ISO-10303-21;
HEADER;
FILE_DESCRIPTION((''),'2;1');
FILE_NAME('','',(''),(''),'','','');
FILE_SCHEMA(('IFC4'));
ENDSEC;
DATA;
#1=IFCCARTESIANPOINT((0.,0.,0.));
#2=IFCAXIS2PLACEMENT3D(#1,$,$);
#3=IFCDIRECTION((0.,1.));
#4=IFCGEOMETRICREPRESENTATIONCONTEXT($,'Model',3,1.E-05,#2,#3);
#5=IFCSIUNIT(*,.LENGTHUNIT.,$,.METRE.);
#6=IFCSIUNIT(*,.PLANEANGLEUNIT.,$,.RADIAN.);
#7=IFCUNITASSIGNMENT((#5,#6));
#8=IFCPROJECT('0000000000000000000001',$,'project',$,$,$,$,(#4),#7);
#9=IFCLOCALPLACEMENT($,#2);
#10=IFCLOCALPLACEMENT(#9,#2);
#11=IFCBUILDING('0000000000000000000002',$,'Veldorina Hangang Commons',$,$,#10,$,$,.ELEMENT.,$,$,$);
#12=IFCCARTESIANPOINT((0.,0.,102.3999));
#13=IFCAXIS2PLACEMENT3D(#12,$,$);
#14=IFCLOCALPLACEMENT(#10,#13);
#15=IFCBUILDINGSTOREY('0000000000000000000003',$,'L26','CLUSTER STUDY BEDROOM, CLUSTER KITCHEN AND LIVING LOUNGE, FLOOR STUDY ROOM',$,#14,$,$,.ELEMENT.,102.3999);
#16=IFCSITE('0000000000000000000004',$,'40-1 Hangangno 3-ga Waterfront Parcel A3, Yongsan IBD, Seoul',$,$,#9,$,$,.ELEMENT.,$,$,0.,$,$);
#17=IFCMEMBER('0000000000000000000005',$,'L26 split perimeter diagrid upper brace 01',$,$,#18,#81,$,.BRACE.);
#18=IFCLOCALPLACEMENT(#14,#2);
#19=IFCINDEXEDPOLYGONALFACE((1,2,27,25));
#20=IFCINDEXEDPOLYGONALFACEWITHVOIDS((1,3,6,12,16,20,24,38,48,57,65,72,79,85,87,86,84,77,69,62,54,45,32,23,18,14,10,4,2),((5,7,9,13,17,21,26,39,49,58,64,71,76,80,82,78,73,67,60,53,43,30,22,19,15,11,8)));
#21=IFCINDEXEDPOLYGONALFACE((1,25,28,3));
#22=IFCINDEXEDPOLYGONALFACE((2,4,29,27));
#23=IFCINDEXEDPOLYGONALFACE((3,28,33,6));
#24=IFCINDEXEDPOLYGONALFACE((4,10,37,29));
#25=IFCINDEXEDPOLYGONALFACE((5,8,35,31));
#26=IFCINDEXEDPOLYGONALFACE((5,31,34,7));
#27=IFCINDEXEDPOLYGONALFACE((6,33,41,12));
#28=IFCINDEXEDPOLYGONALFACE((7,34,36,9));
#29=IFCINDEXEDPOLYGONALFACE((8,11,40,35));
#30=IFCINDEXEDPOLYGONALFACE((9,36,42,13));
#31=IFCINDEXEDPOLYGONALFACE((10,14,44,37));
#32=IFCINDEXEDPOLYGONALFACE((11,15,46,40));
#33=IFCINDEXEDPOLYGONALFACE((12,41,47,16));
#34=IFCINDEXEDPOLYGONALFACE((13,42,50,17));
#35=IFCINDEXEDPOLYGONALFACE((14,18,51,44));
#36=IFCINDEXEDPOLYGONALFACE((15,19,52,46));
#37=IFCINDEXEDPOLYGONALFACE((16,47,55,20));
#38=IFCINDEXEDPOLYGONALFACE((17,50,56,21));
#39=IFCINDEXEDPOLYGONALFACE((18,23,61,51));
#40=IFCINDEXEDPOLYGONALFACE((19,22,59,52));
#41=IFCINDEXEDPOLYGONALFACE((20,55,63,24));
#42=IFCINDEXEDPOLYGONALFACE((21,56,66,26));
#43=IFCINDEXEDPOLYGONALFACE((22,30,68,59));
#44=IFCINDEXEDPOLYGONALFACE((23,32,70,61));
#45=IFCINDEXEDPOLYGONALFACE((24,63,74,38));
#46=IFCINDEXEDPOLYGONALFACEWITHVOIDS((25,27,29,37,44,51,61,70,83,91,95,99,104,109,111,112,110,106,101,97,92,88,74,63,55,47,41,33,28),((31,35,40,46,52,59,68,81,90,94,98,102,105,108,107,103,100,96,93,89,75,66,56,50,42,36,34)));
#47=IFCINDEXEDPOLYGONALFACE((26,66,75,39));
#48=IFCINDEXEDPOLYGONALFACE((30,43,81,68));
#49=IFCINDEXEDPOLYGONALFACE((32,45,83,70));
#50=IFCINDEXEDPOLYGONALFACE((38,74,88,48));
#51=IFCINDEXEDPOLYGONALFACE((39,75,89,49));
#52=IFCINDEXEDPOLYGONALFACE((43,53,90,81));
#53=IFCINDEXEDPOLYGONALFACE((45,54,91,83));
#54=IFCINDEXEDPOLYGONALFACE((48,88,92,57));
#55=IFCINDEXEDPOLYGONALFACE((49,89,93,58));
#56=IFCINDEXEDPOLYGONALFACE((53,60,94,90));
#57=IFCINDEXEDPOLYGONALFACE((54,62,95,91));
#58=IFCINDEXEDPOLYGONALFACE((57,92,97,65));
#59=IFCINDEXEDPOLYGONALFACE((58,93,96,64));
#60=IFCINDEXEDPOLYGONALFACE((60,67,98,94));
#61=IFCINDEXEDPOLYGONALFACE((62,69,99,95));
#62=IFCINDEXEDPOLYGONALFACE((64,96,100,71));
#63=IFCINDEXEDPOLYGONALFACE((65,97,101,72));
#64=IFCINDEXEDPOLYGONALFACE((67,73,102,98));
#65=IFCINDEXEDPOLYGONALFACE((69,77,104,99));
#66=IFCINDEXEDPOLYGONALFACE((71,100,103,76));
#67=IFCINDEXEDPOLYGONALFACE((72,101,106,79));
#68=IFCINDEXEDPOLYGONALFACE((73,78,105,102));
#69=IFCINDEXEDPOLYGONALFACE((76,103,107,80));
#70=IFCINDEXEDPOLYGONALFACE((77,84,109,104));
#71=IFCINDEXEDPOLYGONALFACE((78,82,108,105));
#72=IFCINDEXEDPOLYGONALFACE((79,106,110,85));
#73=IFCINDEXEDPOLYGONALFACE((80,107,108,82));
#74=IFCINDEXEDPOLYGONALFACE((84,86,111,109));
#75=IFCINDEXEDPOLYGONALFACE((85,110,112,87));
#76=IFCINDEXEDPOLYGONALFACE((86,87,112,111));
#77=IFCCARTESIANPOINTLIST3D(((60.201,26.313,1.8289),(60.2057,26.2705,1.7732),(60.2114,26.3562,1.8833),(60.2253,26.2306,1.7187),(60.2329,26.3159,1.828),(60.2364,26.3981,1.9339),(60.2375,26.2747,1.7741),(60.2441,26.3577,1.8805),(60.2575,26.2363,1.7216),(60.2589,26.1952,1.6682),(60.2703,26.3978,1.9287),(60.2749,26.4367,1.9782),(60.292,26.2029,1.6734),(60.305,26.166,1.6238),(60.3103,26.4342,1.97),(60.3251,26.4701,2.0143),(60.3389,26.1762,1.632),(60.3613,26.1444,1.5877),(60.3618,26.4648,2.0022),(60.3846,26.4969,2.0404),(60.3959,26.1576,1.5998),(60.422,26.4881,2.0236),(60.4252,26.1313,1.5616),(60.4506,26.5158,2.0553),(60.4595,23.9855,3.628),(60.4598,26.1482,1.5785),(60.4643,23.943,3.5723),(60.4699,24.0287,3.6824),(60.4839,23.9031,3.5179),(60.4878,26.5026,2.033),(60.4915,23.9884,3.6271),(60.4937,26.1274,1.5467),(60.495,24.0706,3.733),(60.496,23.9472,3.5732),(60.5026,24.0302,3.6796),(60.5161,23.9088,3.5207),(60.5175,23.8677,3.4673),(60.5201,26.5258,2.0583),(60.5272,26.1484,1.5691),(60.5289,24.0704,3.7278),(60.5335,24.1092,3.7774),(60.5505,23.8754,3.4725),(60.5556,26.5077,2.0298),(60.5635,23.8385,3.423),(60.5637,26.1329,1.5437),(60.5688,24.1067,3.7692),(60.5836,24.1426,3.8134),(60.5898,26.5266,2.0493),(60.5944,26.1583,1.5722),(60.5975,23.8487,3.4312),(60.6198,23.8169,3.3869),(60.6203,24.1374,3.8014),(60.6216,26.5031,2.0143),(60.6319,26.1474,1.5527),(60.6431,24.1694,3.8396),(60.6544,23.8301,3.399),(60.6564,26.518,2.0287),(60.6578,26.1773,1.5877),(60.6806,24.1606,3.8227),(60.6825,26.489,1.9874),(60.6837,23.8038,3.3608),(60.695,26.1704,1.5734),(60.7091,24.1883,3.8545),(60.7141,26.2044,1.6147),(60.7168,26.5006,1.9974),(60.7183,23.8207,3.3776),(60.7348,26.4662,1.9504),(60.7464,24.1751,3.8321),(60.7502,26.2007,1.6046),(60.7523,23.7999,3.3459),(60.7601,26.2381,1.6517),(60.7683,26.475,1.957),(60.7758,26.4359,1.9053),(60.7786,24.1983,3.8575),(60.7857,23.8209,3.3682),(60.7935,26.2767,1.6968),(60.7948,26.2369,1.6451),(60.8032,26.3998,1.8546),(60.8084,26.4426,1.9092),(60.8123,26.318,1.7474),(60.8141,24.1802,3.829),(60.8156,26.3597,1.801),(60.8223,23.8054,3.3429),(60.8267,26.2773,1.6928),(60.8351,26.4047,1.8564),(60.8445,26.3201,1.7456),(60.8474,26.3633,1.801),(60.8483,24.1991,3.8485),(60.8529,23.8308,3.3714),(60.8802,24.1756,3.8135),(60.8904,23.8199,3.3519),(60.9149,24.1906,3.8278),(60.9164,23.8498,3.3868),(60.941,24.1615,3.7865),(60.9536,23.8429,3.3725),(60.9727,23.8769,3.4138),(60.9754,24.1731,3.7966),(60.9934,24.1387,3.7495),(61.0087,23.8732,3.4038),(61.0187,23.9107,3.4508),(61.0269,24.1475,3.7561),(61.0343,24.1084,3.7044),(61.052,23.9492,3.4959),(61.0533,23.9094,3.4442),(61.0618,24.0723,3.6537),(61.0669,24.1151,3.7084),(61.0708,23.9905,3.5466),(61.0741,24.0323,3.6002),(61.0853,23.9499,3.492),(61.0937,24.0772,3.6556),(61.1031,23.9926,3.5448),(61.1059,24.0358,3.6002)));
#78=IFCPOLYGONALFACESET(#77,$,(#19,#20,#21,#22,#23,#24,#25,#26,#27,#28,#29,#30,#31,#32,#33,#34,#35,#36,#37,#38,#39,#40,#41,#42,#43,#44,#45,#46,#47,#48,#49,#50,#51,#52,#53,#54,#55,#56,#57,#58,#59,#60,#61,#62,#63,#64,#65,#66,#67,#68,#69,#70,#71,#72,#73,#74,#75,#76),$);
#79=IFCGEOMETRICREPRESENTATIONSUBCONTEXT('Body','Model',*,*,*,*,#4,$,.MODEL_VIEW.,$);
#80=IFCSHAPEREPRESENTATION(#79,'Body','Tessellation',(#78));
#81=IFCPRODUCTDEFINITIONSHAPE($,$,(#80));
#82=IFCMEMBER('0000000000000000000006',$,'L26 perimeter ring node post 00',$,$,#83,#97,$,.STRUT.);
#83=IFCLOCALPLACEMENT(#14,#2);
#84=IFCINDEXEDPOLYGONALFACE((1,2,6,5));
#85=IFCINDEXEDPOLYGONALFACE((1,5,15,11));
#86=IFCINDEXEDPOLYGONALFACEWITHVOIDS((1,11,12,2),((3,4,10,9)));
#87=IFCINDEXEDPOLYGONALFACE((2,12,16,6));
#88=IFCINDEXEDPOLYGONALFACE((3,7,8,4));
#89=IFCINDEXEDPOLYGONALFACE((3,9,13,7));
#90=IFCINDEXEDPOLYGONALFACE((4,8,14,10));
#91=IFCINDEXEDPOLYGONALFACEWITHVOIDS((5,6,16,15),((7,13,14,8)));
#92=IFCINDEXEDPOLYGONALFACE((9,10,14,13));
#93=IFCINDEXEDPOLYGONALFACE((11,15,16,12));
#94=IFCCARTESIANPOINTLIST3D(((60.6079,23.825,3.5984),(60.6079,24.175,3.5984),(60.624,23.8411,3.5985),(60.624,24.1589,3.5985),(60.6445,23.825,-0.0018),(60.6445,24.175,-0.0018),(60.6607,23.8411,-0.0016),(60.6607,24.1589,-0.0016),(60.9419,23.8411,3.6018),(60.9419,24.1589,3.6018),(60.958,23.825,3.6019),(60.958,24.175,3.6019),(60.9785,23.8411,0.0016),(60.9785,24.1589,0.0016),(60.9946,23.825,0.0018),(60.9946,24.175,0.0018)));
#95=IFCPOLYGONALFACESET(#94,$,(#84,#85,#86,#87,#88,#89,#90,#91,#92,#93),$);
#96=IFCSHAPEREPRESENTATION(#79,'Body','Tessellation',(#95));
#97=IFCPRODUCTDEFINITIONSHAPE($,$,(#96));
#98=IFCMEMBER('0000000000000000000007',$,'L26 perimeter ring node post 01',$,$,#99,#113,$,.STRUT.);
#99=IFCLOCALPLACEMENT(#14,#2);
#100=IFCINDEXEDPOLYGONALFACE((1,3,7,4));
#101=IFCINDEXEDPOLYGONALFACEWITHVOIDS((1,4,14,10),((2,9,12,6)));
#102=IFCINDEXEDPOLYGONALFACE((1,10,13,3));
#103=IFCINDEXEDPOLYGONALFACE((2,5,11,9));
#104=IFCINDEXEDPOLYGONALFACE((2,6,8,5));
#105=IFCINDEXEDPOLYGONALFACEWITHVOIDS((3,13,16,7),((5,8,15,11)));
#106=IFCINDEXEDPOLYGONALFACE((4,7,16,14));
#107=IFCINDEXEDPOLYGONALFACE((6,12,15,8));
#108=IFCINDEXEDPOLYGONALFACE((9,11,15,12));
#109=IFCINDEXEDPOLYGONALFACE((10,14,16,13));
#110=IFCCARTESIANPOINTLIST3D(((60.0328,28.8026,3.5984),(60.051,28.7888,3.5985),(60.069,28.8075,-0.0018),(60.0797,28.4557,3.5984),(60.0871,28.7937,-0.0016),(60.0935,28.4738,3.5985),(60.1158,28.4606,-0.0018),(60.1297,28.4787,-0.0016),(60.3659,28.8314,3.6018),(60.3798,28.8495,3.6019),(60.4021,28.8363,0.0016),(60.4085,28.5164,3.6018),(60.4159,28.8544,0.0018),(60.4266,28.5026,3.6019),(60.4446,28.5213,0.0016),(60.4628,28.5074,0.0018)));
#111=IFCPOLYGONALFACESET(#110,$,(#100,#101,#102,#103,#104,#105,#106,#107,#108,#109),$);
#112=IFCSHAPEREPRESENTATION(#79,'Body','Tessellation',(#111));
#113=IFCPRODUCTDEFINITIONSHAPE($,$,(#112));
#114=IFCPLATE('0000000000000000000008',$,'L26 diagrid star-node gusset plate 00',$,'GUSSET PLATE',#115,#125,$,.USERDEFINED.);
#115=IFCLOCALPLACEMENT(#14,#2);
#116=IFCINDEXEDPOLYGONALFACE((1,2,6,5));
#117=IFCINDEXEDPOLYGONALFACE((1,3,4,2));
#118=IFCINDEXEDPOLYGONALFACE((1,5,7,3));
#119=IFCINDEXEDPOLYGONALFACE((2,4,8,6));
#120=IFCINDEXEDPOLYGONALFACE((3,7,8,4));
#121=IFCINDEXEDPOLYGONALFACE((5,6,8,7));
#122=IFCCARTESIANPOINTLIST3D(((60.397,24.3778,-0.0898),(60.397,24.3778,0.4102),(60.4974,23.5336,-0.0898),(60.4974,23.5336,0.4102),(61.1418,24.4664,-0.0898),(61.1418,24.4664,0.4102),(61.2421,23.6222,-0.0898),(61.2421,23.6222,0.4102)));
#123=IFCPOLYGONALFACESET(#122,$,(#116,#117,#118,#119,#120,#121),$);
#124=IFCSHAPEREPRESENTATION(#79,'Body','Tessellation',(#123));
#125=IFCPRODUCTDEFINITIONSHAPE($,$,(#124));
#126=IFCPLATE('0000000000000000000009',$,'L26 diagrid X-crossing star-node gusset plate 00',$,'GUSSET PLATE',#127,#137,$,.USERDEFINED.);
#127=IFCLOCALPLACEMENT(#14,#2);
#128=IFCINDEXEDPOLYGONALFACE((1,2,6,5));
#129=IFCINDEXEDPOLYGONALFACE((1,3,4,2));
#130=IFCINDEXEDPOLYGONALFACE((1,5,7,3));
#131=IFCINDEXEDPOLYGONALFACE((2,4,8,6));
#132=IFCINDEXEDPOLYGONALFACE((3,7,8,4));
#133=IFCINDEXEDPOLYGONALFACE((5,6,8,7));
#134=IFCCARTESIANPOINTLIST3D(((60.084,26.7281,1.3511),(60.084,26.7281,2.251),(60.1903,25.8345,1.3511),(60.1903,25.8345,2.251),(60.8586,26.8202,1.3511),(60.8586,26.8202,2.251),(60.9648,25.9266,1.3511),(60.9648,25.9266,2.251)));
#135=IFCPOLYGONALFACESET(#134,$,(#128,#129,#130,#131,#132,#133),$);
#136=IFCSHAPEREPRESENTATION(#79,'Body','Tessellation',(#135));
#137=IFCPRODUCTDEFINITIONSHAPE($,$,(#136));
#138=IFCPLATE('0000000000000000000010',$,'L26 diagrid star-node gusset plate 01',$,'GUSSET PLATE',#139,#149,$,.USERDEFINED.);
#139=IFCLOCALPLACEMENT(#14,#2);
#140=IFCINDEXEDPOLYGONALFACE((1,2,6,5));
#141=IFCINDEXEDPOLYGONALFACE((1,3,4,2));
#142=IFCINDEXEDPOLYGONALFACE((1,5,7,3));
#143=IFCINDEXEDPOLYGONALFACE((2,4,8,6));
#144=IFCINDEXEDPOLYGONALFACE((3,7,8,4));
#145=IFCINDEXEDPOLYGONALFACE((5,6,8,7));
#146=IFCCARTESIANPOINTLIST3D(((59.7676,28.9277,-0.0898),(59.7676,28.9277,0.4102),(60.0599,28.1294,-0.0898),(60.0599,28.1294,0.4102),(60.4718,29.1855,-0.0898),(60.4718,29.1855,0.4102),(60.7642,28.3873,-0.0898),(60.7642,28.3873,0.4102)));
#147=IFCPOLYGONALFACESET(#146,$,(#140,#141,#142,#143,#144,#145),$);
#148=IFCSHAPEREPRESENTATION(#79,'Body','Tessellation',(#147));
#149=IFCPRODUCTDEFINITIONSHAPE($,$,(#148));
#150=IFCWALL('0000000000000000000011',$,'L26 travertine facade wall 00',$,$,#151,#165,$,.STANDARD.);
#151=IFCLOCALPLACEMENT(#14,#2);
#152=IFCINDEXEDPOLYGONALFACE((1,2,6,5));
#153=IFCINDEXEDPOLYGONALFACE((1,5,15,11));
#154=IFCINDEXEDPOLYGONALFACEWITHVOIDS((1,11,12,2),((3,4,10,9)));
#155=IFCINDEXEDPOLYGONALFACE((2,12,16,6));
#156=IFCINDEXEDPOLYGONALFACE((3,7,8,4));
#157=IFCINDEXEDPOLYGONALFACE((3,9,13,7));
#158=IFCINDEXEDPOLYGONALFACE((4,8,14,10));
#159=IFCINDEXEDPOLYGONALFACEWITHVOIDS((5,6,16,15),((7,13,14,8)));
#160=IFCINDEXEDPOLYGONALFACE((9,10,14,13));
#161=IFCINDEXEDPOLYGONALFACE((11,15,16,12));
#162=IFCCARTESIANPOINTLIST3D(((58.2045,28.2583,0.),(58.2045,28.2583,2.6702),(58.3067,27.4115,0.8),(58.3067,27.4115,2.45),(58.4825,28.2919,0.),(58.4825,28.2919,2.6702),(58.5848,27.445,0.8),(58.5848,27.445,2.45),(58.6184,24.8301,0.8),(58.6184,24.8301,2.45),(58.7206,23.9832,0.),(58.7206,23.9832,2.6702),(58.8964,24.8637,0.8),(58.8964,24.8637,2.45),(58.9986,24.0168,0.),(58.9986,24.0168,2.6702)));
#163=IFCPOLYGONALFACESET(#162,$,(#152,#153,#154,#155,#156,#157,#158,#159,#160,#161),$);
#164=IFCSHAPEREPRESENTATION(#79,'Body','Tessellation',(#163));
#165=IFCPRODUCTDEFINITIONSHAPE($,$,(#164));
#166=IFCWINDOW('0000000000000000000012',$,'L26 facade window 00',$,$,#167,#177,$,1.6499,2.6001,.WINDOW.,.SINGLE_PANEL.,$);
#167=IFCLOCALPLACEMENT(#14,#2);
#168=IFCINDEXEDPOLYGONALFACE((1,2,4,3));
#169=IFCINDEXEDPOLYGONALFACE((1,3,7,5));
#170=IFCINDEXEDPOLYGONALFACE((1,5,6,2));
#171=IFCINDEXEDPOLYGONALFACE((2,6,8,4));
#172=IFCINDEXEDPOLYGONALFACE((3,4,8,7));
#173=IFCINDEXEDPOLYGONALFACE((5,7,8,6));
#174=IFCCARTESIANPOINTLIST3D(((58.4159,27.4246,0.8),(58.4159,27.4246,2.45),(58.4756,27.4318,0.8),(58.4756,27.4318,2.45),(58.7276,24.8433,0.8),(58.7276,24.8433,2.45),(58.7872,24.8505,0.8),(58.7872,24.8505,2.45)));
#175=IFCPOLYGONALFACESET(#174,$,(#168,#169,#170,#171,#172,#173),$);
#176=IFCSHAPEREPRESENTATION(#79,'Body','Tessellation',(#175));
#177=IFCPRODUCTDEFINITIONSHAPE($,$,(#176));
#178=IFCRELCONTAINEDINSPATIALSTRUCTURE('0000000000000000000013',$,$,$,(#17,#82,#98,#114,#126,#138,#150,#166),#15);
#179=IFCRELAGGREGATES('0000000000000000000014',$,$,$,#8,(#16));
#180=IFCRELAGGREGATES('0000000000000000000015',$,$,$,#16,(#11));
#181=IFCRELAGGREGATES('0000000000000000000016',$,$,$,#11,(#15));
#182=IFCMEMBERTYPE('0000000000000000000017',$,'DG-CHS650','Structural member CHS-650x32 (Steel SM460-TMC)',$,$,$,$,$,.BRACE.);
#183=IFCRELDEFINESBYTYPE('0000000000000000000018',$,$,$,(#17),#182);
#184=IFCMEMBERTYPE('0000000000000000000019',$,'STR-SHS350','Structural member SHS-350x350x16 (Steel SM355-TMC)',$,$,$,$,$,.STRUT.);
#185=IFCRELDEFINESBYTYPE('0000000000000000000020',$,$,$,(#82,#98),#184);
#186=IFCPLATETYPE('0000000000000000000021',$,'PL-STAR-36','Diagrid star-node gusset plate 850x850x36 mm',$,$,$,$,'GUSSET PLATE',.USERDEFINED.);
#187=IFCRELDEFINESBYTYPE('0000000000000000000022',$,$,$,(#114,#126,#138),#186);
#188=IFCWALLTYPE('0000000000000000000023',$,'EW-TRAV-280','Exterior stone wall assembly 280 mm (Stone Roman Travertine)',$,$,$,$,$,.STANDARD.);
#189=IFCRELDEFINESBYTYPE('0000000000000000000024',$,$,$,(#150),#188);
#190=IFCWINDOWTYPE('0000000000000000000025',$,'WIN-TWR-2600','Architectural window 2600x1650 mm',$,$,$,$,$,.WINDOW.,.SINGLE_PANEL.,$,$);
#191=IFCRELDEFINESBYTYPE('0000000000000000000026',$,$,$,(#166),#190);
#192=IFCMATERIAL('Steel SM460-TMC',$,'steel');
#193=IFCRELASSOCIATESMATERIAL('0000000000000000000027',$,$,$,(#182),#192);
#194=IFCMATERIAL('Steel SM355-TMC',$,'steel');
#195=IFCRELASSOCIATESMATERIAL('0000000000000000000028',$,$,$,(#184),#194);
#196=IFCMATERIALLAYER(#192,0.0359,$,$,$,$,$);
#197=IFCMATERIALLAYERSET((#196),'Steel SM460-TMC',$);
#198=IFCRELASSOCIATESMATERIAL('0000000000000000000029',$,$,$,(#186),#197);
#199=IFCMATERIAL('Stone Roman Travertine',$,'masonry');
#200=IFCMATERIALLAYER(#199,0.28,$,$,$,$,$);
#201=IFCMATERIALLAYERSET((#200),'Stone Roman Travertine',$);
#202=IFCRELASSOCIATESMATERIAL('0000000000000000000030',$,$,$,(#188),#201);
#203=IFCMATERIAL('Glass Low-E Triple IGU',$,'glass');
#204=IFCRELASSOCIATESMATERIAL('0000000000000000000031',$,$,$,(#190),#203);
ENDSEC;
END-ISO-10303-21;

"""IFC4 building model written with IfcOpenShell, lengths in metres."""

from ifc_helpers import new_model, si_unit, direction, frame, frame_2d, origin, origin_2d, place, context, subcontext, project, spatial, rectangle, hollow_rectangle, hollow_circle, extrude, material, layer, layer_set, material_profile, profile_set, type_object, element, fill, save


model = new_model("IFC4")

# Units and contexts
model_context = context("Model", 3, precision=1e-05, world=origin(), true_north=direction((0.0, 1.0)))
body_context = subcontext(model_context, "Body", "Model", "MODEL_VIEW")
ifc_project = project(units=[si_unit("LENGTHUNIT", "METRE"), si_unit("PLANEANGLEUNIT", "RADIAN")], contexts=[model_context])

# Site, building, storey
site_placement = place(None, origin())
site = spatial("IfcSite", under=ifc_project, at=site_placement, Name="40-1 Hangangno 3-ga Waterfront Parcel A3, Yongsan IBD, Seoul", CompositionType="ELEMENT", RefElevation=0.0)
building_placement = place(site_placement, origin())
building = spatial("IfcBuilding", under=site, at=building_placement, Name="Veldorina Hangang Commons", CompositionType="ELEMENT")
storey_placement = place(building_placement, frame((0.0, 0.0, 102.3999)))
storey = spatial("IfcBuildingStorey", under=building, at=storey_placement, Name="L26", Description="CLUSTER STUDY BEDROOM, CLUSTER KITCHEN AND LIVING LOUNGE, FLOOR STUDY ROOM", CompositionType="ELEMENT", Elevation=102.3999)

# Shared definitions
ifc_material_1 = material(Name="Steel SM355-TMC", Category="steel")

# Members
ifc_material_2 = material(Name="Steel SM460-TMC", Category="steel")
ifc_material_profile_1 = material_profile(ifc_material_2, hollow_circle(Radius=0.325, WallThickness=0.032, at=origin_2d()), Name="CHS-650x32")
ifc_profile_set_1 = profile_set([ifc_material_profile_1], Name="Steel SM460-TMC")
member_type_1 = type_object("IfcMemberType", Name="DG-CHS650", Description="Structural member CHS-650x32 (Steel SM460-TMC)", PredefinedType="BRACE", material=ifc_profile_set_1)
member_1_placement = place(storey_placement, frame((60.5244, 26.3274, 1.801), z_axis=(0.087553, -0.788143, 0.609234), x_axis=(0.993886, 0.110409, 0.0)))
element("IfcMember", 1, at=member_1_placement, inside=storey, type_object=member_type_1, Name="L26 split perimeter diagrid upper brace 01", PredefinedType="BRACE", context=body_context, shape_type="SweptSolid", body=[
    extrude(hollow_circle(Radius=0.325, WallThickness=0.032, at=origin_2d()), origin(), (0.0, 0.0, 1.0), 2.9531),
])
ifc_material_profile_2 = material_profile(ifc_material_1, hollow_rectangle(XDim=0.3501, YDim=0.3501, WallThickness=0.0161, at=origin_2d()), Name="SHS-350x350x16")
ifc_profile_set_2 = profile_set([ifc_material_profile_2], Name="Steel SM355-TMC")
member_type_2 = type_object("IfcMemberType", Name="STR-SHS350", Description="Structural member SHS-350x350x16 (Steel SM355-TMC)", PredefinedType="STRUT", material=ifc_profile_set_2)
for number, where, z_axis, x_axis, name in (
    (2, (60.8196, 24.0, 0.0), (-0.010172, 0.0, 0.999948), (0.0, -1.0, 0.0), "L26 perimeter ring node post 00"),
    (3, (60.2659, 28.6575, 0.0), (-0.010036, -0.001356, 0.999949), (0.133918, -0.990992, 0.0), "L26 perimeter ring node post 01"),
):
    element("IfcMember", number, at=place(storey_placement, frame(where, z_axis=z_axis, x_axis=x_axis)), inside=storey, type_object=member_type_2, Name=name, PredefinedType="STRUT", context=body_context, shape_type="SweptSolid", body=[
        extrude(hollow_rectangle(XDim=0.3501, YDim=0.3501, WallThickness=0.0161, at=origin_2d()), origin(), (0.0, 0.0, 1.0), 3.6003),
    ])

# Plates
ifc_layer_1 = layer(ifc_material_2, 0.0359)
ifc_layer_set_1 = layer_set([ifc_layer_1], Name="Steel SM460-TMC")
plate_type = type_object("IfcPlateType", Name="PL-STAR-36", Description="Diagrid star-node gusset plate 850x850x36 mm", ElementType="GUSSET PLATE", PredefinedType="USERDEFINED", material=ifc_layer_set_1)
plate_1_placement = place(storey_placement, frame((60.8196, 24.0, -0.0898), z_axis=(0.0, 0.0, 1.0), x_axis=(-0.118075, 0.993005, 0.0)))
element("IfcPlate", 4, at=plate_1_placement, inside=storey, type_object=plate_type, Name="L26 diagrid star-node gusset plate 00", ObjectType="GUSSET PLATE", PredefinedType="USERDEFINED", context=body_context, shape_type="SweptSolid", body=[
    extrude(rectangle(XDim=0.8501, YDim=0.75, at=origin_2d()), origin(), (0.0, 0.0, 1.0), 0.5),
])
plate_2_placement = place(storey_placement, frame((60.5244, 26.3274, 1.3511), z_axis=(0.0, 0.0, 1.0), x_axis=(-0.118075, 0.993005, 0.0)))
element("IfcPlate", 5, at=plate_2_placement, inside=storey, type_object=plate_type, Name="L26 diagrid X-crossing star-node gusset plate 00", ObjectType="GUSSET PLATE", PredefinedType="USERDEFINED", context=body_context, shape_type="SweptSolid", body=[
    extrude(rectangle(XDim=0.8999, YDim=0.78, at=origin_2d()), origin(), (0.0, 0.0, 1.0), 0.8999),
])
plate_3_placement = place(storey_placement, frame((60.2659, 28.6575, -0.0898), z_axis=(0.0, 0.0, 1.0), x_axis=(-0.343856, 0.939022, 0.0)))
element("IfcPlate", 6, at=plate_3_placement, inside=storey, type_object=plate_type, Name="L26 diagrid star-node gusset plate 01", ObjectType="GUSSET PLATE", PredefinedType="USERDEFINED", context=body_context, shape_type="SweptSolid", body=[
    extrude(rectangle(XDim=0.8501, YDim=0.75, at=origin_2d()), origin(), (0.0, 0.0, 1.0), 0.5),
])

# Wall, opening, window
ifc_material_3 = material(Name="Stone Roman Travertine", Category="masonry")
ifc_layer_2 = layer(ifc_material_3, 0.28)
ifc_layer_set_2 = layer_set([ifc_layer_2], Name="Stone Roman Travertine")
wall_type_1 = type_object("IfcWallType", Name="EW-TRAV-280", Description="Exterior stone wall assembly 280 mm (Stone Roman Travertine)", PredefinedType="STANDARD", material=ifc_layer_set_2)
wall_1_placement = place(storey_placement, frame((58.8596, 24.0, 0.0), z_axis=(0.0, 0.0, 1.0), x_axis=(-0.119854, 0.992792, 0.0)))
wall_1 = element("IfcWall", 7, at=wall_1_placement, inside=storey, type_object=wall_type_1, Name="L26 travertine facade wall 00", PredefinedType="STANDARD", context=body_context, shape_type="SweptSolid", body=[
    extrude(rectangle(XDim=4.3062, YDim=0.28, at=frame_2d((2.1531, 0.0))), origin(), (0.0, 0.0, 1.0), 2.6702),
])
opening_1_placement = place(wall_1_placement, frame((0.853, 0.0, 0.8)))
opening_1 = element("IfcOpeningElement", 8, at=opening_1_placement, cuts=wall_1, PredefinedType="OPENING", context=body_context, shape_type="SweptSolid", body=[
    extrude(rectangle(XDim=2.6001, YDim=1.6499, at=frame_2d((1.3, 0.825))), frame((0.0, 0.1499, 0.0), z_axis=(0.0, -1.0, 0.0), x_axis=(1.0, 0.0, 0.0)), (0.0, 0.0, 1.0), 0.3),
])
ifc_material_4 = material(Name="Glass Low-E Triple IGU", Category="glass")
window_type_1 = type_object("IfcWindowType", Name="WIN-TWR-2600", Description="Architectural window 2600x1650 mm", PartitioningType="SINGLE_PANEL", PredefinedType="WINDOW", material=ifc_material_4)
window_1_placement = place(opening_1_placement, origin())
window_1 = element("IfcWindow", 9, at=window_1_placement, inside=storey, type_object=window_type_1, Name="L26 facade window 00", OverallHeight=1.6499, OverallWidth=2.6001, PartitioningType="SINGLE_PANEL", PredefinedType="WINDOW", context=body_context, shape_type="SweptSolid", body=[
    extrude(rectangle(XDim=2.6001, YDim=1.6499, at=frame_2d((1.3, 0.825))), frame((0.0, 0.03, 0.0), z_axis=(0.0, -1.0, 0.0), x_axis=(1.0, 0.0, 0.0)), (0.0, 0.0, 1.0), 0.0601),
])
fill(opening_1, window_1)

save(model, "model.ifc")
